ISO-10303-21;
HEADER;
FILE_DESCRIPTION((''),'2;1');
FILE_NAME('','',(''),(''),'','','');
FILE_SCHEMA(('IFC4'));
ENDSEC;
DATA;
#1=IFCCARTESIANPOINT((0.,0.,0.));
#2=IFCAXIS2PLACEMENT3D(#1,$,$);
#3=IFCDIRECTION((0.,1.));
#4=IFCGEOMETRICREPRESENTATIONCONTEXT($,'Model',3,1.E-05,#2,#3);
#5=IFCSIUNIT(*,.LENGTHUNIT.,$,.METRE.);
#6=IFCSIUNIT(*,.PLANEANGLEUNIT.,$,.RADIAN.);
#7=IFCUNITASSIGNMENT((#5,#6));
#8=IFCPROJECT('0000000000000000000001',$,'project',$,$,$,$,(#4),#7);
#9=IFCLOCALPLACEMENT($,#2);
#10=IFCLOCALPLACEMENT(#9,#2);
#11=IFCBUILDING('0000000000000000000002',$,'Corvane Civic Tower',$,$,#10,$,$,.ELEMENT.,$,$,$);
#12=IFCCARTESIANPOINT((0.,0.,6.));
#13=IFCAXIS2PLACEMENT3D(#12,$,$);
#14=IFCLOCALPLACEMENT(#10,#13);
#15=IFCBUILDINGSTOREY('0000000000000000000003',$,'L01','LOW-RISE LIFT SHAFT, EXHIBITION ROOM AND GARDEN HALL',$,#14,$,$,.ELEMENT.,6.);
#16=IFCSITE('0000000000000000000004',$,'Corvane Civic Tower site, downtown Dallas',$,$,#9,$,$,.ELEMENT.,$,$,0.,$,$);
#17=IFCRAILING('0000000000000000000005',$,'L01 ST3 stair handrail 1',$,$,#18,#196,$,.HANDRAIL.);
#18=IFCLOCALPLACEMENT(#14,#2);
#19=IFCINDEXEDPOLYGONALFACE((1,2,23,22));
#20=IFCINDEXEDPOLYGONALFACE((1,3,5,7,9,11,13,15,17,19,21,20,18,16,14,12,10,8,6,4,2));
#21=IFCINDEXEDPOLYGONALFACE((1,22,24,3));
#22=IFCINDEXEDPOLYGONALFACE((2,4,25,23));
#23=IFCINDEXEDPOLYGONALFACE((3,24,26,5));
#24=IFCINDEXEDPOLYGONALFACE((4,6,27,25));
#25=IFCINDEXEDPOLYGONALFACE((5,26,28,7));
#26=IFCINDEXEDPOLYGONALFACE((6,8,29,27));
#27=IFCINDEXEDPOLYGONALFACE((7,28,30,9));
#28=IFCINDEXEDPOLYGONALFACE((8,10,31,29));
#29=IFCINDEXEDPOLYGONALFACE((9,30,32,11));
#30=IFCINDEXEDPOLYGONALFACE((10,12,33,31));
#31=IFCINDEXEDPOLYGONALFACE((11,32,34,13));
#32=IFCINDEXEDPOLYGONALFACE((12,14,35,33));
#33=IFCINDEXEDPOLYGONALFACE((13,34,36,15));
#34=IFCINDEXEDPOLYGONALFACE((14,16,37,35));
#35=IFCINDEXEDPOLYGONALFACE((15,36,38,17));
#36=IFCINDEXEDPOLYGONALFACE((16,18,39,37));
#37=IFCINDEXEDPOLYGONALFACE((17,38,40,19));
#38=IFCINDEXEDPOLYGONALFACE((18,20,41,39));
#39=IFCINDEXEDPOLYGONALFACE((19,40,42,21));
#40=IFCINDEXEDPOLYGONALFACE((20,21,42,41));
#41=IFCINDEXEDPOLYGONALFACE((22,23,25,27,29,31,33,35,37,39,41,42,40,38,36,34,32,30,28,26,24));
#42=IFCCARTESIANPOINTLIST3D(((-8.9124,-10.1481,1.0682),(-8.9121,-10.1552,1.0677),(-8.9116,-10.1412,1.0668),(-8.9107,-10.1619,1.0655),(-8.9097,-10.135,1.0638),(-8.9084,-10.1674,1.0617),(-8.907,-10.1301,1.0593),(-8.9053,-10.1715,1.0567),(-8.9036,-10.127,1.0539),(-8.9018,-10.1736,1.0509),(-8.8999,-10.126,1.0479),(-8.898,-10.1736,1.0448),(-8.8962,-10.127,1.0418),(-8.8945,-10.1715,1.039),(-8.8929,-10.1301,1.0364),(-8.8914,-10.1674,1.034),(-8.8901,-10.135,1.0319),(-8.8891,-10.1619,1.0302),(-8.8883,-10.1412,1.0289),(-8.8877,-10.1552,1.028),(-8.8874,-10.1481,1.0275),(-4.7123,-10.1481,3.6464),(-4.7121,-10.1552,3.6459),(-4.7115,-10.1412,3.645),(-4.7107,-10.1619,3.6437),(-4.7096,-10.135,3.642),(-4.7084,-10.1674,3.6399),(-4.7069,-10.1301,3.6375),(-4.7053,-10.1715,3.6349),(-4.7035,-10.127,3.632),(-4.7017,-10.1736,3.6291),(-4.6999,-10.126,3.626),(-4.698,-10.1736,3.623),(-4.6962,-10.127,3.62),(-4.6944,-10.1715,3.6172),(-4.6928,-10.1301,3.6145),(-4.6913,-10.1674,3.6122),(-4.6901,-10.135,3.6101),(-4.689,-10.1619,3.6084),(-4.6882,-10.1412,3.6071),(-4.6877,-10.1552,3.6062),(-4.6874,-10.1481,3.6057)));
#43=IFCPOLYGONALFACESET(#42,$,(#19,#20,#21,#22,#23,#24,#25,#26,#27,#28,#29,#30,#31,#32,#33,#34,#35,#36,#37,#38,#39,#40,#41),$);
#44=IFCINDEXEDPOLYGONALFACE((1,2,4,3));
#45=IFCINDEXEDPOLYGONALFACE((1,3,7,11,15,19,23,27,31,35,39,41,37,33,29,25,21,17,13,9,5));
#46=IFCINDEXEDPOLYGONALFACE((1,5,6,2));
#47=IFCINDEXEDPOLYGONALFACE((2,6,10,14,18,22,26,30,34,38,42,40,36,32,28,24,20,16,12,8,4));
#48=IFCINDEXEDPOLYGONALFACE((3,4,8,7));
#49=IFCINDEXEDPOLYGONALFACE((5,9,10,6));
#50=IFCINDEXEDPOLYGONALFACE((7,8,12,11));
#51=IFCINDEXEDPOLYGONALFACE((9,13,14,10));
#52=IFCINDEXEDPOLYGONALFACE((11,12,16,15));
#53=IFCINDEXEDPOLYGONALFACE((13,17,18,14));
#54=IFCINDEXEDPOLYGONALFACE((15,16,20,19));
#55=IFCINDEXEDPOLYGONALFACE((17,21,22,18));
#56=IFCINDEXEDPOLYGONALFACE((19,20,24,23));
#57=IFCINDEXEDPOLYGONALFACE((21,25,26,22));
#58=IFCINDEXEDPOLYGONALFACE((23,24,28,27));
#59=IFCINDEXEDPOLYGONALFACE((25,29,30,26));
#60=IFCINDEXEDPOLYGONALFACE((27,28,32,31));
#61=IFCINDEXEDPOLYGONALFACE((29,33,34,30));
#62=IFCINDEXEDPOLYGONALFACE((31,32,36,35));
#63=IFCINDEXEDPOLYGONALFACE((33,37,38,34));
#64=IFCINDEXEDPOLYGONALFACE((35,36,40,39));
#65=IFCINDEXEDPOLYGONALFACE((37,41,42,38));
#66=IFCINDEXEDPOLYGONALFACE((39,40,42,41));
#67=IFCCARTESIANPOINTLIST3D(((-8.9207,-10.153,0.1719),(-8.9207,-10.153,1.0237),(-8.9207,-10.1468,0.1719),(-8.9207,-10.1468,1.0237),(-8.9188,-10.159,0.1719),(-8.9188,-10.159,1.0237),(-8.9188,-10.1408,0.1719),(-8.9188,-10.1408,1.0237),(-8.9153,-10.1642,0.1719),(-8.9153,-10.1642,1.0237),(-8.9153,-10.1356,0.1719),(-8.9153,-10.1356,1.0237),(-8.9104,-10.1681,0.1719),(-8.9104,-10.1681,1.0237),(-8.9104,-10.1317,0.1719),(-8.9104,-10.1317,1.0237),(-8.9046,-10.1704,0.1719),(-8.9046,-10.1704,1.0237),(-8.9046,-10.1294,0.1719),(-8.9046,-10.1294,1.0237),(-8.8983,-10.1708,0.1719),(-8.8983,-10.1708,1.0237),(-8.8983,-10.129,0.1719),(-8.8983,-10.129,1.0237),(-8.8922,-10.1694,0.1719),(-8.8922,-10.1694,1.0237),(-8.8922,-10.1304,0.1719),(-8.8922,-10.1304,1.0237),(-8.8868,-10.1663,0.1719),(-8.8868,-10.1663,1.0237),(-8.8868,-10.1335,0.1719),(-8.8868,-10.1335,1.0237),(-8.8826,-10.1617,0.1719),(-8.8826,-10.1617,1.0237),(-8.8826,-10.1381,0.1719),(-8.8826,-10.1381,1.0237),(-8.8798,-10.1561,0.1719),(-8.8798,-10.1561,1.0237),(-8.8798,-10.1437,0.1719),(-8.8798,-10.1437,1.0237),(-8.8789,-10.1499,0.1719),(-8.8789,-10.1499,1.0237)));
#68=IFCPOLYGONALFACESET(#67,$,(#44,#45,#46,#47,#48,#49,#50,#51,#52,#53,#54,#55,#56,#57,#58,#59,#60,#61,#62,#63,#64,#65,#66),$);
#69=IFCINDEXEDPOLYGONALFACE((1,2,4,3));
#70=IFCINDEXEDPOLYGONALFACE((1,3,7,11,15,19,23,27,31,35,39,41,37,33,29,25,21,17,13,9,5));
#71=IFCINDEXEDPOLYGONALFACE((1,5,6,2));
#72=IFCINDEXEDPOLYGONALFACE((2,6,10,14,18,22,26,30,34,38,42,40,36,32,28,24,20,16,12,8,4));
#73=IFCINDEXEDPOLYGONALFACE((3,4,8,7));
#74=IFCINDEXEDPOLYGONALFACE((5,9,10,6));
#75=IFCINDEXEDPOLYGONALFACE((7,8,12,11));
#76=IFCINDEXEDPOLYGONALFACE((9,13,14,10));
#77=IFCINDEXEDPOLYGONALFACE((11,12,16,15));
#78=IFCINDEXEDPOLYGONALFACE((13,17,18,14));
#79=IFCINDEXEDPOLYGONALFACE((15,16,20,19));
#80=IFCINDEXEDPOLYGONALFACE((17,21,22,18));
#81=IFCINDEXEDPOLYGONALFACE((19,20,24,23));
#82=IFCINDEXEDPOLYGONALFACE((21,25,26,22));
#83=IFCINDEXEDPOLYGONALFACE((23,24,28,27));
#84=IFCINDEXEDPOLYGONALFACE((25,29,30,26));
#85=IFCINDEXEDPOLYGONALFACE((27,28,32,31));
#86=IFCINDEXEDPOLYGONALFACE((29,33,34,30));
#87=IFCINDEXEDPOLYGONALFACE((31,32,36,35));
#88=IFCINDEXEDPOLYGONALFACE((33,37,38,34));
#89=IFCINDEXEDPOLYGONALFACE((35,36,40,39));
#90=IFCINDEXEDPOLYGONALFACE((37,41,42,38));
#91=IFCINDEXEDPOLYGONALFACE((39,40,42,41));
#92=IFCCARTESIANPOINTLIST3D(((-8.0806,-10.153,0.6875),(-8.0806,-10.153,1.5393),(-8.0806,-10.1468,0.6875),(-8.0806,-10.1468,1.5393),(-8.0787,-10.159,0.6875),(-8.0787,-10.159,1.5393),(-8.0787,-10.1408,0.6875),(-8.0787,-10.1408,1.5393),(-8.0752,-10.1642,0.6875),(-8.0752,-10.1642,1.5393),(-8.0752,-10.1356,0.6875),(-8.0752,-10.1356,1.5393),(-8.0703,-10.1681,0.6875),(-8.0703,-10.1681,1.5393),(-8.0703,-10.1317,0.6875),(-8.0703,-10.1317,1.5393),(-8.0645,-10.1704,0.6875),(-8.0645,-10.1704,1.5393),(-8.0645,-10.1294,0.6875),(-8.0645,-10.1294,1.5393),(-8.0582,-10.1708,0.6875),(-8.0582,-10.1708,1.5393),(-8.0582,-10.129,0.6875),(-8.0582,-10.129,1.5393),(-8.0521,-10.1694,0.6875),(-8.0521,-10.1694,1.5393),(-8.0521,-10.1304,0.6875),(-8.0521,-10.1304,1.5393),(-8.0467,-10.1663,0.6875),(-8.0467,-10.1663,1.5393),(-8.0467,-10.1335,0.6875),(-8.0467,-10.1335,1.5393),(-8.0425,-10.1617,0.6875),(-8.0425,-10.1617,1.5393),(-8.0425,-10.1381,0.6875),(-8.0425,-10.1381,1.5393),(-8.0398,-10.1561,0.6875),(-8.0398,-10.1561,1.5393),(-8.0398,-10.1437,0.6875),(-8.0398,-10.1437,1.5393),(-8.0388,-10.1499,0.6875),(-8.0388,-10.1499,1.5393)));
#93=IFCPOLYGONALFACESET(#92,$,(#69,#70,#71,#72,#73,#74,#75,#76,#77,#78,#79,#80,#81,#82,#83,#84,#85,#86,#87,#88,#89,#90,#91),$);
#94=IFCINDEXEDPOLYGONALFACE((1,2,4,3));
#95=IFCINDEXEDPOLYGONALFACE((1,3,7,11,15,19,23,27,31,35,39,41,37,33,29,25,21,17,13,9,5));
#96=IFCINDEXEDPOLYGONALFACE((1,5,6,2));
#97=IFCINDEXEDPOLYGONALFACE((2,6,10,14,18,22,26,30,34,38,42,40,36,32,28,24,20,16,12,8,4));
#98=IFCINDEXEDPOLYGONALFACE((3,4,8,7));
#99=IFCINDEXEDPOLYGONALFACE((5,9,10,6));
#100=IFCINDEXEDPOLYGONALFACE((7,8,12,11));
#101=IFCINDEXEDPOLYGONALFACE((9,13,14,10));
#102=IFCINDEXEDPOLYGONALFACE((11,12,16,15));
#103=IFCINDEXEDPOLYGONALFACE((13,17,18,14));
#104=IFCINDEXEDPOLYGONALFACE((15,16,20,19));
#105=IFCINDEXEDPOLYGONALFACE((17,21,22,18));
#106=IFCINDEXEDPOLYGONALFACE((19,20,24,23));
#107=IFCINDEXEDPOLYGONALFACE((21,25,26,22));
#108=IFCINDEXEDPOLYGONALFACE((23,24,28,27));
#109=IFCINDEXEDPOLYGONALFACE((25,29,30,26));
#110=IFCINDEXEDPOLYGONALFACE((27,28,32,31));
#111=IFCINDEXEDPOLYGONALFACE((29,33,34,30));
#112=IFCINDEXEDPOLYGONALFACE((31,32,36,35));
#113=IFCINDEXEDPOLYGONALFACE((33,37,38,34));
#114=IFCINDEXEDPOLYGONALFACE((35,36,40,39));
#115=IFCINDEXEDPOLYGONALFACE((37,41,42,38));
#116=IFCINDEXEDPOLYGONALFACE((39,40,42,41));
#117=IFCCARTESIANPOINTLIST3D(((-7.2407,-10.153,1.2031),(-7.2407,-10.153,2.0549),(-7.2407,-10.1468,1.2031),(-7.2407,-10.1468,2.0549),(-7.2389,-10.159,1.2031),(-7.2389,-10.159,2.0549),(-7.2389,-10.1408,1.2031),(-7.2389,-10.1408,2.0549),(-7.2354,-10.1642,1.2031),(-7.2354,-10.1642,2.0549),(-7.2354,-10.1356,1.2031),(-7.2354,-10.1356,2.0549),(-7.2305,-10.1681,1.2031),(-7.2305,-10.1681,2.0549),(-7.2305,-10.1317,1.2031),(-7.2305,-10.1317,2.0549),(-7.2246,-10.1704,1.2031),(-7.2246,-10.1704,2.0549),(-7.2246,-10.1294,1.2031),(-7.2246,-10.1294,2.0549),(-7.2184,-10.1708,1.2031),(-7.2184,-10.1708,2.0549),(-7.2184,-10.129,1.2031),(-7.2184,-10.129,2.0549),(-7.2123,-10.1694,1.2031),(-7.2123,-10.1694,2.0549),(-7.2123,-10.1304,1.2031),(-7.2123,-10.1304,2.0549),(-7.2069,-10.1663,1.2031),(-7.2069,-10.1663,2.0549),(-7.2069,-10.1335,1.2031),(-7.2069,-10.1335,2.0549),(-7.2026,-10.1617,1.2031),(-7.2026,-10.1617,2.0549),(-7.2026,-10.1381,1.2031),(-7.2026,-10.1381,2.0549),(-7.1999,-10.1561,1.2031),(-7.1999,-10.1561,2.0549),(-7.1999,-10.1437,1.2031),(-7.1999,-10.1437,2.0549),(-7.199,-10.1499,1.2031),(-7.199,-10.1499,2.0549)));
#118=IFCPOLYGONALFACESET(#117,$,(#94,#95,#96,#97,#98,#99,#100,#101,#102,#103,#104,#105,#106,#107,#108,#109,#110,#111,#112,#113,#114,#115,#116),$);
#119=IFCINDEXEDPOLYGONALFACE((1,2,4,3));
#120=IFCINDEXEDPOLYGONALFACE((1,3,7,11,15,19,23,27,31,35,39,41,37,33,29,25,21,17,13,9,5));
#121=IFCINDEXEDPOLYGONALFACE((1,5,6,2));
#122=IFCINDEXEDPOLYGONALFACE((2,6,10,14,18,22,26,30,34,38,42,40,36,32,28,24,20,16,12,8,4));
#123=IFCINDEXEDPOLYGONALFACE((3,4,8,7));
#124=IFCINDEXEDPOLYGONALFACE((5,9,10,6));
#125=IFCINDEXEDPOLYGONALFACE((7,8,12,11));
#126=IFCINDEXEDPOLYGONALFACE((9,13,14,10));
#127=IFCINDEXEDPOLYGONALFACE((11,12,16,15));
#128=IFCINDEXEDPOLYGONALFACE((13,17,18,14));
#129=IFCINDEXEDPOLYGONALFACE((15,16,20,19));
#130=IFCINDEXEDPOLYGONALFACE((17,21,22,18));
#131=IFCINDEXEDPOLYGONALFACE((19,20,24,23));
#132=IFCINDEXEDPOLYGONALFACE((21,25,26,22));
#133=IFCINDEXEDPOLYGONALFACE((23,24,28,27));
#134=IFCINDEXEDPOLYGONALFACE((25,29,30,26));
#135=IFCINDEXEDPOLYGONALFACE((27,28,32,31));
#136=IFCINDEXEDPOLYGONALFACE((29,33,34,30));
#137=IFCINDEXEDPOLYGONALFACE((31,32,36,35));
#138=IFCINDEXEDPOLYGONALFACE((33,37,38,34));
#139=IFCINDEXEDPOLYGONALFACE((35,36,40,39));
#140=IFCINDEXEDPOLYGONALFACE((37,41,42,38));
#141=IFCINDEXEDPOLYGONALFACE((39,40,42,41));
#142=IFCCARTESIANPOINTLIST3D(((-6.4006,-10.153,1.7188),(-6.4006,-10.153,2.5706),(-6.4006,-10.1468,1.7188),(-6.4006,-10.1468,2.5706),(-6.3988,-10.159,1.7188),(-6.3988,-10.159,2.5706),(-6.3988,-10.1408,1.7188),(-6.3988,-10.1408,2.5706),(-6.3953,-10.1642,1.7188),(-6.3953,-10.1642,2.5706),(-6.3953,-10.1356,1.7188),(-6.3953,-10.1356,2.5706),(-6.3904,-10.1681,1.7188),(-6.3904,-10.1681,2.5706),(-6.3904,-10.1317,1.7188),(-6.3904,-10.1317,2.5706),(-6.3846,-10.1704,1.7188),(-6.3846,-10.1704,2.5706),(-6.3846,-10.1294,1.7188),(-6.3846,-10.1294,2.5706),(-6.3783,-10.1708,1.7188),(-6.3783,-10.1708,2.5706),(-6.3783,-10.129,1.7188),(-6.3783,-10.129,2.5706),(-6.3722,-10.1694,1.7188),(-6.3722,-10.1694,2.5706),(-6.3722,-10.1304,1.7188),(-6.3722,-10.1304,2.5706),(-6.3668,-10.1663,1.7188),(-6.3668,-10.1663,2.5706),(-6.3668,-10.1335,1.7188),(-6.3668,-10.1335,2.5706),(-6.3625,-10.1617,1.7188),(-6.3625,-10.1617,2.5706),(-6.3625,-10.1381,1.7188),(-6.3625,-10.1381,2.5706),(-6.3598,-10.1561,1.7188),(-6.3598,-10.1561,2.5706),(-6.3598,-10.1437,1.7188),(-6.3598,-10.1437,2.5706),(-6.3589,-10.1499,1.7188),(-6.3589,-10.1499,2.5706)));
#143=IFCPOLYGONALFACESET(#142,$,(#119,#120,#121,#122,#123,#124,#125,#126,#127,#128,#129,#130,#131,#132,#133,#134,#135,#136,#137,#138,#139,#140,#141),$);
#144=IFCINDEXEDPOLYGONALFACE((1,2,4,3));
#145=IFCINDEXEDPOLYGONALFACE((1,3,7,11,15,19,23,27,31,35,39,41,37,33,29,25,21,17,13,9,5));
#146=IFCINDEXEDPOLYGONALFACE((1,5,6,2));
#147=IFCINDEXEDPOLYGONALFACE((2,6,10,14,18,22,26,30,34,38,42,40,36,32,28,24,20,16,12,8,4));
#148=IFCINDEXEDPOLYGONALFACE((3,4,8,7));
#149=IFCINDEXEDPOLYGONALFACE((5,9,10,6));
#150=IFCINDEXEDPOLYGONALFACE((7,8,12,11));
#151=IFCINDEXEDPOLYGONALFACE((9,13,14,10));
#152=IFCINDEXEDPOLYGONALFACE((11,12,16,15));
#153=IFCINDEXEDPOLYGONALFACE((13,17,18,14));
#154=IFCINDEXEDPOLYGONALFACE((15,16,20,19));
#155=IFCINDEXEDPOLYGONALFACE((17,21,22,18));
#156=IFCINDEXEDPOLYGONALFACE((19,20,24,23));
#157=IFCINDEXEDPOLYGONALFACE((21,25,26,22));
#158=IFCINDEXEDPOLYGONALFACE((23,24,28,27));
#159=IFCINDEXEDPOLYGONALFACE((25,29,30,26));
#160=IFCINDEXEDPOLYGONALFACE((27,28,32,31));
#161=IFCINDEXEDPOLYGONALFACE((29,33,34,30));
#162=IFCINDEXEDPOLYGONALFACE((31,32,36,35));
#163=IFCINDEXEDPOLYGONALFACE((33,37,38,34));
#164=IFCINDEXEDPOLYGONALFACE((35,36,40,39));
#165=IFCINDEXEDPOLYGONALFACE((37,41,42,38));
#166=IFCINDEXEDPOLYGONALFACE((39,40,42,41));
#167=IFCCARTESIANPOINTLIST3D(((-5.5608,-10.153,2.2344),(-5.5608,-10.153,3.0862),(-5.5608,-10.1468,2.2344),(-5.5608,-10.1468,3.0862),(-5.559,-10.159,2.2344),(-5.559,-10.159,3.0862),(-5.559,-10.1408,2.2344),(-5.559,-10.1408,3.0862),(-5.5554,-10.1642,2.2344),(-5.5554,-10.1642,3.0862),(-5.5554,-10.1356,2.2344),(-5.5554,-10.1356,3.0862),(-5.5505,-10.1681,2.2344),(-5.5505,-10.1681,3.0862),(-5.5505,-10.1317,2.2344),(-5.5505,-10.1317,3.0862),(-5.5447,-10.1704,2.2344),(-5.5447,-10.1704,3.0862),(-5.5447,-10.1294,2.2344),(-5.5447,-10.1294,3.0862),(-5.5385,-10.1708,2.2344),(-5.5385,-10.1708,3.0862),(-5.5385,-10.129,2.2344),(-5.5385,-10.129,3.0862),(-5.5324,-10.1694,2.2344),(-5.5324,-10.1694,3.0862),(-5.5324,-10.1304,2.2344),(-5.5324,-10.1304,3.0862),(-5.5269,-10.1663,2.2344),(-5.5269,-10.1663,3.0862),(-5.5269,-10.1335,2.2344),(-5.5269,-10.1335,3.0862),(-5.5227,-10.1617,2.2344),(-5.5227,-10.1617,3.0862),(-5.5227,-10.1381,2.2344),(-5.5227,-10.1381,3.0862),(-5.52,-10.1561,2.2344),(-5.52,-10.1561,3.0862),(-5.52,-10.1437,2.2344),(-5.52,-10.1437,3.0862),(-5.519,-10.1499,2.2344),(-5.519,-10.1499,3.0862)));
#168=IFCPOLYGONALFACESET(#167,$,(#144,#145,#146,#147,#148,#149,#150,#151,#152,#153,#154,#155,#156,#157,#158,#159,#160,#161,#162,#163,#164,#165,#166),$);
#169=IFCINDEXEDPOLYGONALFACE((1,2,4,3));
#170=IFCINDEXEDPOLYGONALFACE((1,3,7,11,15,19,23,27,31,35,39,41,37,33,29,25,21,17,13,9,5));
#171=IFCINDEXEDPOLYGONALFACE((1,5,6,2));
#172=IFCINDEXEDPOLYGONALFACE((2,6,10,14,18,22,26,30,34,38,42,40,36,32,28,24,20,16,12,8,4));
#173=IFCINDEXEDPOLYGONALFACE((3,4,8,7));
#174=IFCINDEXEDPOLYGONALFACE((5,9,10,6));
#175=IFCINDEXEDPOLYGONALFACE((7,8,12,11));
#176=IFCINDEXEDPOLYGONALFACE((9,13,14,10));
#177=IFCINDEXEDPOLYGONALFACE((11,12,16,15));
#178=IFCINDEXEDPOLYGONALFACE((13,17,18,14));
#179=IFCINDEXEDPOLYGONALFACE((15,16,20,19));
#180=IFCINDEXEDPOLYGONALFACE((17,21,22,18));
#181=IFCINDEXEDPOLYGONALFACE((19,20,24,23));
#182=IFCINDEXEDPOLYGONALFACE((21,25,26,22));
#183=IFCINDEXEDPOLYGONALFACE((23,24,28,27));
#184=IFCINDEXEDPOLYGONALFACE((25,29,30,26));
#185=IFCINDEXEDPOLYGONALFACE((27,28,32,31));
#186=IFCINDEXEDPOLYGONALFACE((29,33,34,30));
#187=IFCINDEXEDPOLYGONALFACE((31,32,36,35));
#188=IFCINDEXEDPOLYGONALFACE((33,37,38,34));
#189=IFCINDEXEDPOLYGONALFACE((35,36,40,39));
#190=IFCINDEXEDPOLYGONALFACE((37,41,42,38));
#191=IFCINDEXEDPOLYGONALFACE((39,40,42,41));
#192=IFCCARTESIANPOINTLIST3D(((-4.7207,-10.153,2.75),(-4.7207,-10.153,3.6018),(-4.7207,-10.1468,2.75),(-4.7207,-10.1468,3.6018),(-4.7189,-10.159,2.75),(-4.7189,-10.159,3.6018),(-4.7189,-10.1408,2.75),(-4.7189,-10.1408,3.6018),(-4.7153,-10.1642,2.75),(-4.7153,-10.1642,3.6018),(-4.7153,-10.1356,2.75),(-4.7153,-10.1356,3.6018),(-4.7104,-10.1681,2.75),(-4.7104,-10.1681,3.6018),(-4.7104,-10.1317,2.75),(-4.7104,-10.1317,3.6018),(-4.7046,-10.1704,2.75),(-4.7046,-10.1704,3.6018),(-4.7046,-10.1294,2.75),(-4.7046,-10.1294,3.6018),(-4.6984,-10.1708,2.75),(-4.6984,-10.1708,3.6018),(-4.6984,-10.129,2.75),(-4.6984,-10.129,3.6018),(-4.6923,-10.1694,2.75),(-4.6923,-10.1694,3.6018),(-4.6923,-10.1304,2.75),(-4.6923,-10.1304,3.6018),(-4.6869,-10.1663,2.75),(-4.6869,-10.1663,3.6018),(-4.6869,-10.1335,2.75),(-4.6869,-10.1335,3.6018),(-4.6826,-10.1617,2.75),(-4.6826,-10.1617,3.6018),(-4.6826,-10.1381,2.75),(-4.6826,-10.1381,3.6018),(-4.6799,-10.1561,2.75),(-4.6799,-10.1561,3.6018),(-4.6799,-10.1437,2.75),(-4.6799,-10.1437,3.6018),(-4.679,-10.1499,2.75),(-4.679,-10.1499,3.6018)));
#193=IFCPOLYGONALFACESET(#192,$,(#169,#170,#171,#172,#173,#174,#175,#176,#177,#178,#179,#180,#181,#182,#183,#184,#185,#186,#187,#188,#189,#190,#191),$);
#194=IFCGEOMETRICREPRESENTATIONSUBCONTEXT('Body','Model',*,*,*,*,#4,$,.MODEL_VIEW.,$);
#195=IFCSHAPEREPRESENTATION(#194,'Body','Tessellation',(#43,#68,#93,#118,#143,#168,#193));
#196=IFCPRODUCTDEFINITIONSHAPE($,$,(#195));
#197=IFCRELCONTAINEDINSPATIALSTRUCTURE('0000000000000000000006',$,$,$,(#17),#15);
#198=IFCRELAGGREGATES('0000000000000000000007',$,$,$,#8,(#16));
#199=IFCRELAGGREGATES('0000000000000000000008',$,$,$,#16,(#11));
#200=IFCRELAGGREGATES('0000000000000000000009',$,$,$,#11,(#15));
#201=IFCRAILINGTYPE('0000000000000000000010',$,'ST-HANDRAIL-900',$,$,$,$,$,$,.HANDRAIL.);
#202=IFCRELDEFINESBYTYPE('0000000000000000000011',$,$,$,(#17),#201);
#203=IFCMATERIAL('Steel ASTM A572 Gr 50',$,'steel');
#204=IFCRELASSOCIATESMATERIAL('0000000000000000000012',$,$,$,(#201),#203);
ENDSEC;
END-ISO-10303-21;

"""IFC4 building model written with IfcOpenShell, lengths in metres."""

from ifc_helpers import new_model, si_unit, direction, frame, origin, origin_2d, place, context, subcontext, project, spatial, circle, extrude, material, type_object, element, save


model = new_model("IFC4")

# Units and contexts
model_context = context("Model", 3, precision=1e-05, world=origin(), true_north=direction((0.0, 1.0)))
body_context = subcontext(model_context, "Body", "Model", "MODEL_VIEW")
ifc_project = project(units=[si_unit("LENGTHUNIT", "METRE"), si_unit("PLANEANGLEUNIT", "RADIAN")], contexts=[model_context])

# Site, building, storey
site_placement = place(None, origin())
site = spatial("IfcSite", under=ifc_project, at=site_placement, Name="Corvane Civic Tower site, downtown Dallas", CompositionType="ELEMENT", RefElevation=0.0)
building_placement = place(site_placement, origin())
building = spatial("IfcBuilding", under=site, at=building_placement, Name="Corvane Civic Tower", CompositionType="ELEMENT")
storey_placement = place(building_placement, frame((0.0, 0.0, 6.0)))
storey = spatial("IfcBuildingStorey", under=building, at=storey_placement, Name="L01", Description="LOW-RISE LIFT SHAFT, EXHIBITION ROOM AND GARDEN HALL", CompositionType="ELEMENT", Elevation=6.0)

# Railing
ifc_material_1 = material(Name="Steel ASTM A572 Gr 50", Category="steel")
railing_type_1 = type_object("IfcRailingType", Name="ST-HANDRAIL-900", PredefinedType="HANDRAIL", material=ifc_material_1)
railing_1_placement = place(storey_placement, frame((-8.8999, -10.1499, 0.1719)))
element("IfcRailing", 1, at=railing_1_placement, inside=storey, type_object=railing_type_1, Name="L01 ST3 stair handrail 1", PredefinedType="HANDRAIL", context=body_context, shape_type="SweptSolid", body=[
    extrude(circle(Radius=0.0239, at=origin_2d()), frame((0.0, 0.0, 0.876), z_axis=(0.852243, 0.0, 0.523146), x_axis=(0.0, 1.0, 0.0)), (0.0, 0.0, 1.0), 4.9282),
    extrude(circle(Radius=0.021, at=origin_2d()), origin(), (0.0, 0.0, 1.0), 0.8518),
    extrude(circle(Radius=0.021, at=origin_2d()), frame((0.8401, 0.0, 0.5156)), (0.0, 0.0, 1.0), 0.8518),
    extrude(circle(Radius=0.021, at=origin_2d()), frame((1.6799, 0.0, 1.0312)), (0.0, 0.0, 1.0), 0.8518),
    extrude(circle(Radius=0.021, at=origin_2d()), frame((2.52, 0.0, 1.5469)), (0.0, 0.0, 1.0), 0.8518),
    extrude(circle(Radius=0.021, at=origin_2d()), frame((3.3599, 0.0, 2.0625)), (0.0, 0.0, 1.0), 0.8518),
    extrude(circle(Radius=0.021, at=origin_2d()), frame((4.2, 0.0, 2.5781)), (0.0, 0.0, 1.0), 0.8518),
])

save(model, "model.ifc")
